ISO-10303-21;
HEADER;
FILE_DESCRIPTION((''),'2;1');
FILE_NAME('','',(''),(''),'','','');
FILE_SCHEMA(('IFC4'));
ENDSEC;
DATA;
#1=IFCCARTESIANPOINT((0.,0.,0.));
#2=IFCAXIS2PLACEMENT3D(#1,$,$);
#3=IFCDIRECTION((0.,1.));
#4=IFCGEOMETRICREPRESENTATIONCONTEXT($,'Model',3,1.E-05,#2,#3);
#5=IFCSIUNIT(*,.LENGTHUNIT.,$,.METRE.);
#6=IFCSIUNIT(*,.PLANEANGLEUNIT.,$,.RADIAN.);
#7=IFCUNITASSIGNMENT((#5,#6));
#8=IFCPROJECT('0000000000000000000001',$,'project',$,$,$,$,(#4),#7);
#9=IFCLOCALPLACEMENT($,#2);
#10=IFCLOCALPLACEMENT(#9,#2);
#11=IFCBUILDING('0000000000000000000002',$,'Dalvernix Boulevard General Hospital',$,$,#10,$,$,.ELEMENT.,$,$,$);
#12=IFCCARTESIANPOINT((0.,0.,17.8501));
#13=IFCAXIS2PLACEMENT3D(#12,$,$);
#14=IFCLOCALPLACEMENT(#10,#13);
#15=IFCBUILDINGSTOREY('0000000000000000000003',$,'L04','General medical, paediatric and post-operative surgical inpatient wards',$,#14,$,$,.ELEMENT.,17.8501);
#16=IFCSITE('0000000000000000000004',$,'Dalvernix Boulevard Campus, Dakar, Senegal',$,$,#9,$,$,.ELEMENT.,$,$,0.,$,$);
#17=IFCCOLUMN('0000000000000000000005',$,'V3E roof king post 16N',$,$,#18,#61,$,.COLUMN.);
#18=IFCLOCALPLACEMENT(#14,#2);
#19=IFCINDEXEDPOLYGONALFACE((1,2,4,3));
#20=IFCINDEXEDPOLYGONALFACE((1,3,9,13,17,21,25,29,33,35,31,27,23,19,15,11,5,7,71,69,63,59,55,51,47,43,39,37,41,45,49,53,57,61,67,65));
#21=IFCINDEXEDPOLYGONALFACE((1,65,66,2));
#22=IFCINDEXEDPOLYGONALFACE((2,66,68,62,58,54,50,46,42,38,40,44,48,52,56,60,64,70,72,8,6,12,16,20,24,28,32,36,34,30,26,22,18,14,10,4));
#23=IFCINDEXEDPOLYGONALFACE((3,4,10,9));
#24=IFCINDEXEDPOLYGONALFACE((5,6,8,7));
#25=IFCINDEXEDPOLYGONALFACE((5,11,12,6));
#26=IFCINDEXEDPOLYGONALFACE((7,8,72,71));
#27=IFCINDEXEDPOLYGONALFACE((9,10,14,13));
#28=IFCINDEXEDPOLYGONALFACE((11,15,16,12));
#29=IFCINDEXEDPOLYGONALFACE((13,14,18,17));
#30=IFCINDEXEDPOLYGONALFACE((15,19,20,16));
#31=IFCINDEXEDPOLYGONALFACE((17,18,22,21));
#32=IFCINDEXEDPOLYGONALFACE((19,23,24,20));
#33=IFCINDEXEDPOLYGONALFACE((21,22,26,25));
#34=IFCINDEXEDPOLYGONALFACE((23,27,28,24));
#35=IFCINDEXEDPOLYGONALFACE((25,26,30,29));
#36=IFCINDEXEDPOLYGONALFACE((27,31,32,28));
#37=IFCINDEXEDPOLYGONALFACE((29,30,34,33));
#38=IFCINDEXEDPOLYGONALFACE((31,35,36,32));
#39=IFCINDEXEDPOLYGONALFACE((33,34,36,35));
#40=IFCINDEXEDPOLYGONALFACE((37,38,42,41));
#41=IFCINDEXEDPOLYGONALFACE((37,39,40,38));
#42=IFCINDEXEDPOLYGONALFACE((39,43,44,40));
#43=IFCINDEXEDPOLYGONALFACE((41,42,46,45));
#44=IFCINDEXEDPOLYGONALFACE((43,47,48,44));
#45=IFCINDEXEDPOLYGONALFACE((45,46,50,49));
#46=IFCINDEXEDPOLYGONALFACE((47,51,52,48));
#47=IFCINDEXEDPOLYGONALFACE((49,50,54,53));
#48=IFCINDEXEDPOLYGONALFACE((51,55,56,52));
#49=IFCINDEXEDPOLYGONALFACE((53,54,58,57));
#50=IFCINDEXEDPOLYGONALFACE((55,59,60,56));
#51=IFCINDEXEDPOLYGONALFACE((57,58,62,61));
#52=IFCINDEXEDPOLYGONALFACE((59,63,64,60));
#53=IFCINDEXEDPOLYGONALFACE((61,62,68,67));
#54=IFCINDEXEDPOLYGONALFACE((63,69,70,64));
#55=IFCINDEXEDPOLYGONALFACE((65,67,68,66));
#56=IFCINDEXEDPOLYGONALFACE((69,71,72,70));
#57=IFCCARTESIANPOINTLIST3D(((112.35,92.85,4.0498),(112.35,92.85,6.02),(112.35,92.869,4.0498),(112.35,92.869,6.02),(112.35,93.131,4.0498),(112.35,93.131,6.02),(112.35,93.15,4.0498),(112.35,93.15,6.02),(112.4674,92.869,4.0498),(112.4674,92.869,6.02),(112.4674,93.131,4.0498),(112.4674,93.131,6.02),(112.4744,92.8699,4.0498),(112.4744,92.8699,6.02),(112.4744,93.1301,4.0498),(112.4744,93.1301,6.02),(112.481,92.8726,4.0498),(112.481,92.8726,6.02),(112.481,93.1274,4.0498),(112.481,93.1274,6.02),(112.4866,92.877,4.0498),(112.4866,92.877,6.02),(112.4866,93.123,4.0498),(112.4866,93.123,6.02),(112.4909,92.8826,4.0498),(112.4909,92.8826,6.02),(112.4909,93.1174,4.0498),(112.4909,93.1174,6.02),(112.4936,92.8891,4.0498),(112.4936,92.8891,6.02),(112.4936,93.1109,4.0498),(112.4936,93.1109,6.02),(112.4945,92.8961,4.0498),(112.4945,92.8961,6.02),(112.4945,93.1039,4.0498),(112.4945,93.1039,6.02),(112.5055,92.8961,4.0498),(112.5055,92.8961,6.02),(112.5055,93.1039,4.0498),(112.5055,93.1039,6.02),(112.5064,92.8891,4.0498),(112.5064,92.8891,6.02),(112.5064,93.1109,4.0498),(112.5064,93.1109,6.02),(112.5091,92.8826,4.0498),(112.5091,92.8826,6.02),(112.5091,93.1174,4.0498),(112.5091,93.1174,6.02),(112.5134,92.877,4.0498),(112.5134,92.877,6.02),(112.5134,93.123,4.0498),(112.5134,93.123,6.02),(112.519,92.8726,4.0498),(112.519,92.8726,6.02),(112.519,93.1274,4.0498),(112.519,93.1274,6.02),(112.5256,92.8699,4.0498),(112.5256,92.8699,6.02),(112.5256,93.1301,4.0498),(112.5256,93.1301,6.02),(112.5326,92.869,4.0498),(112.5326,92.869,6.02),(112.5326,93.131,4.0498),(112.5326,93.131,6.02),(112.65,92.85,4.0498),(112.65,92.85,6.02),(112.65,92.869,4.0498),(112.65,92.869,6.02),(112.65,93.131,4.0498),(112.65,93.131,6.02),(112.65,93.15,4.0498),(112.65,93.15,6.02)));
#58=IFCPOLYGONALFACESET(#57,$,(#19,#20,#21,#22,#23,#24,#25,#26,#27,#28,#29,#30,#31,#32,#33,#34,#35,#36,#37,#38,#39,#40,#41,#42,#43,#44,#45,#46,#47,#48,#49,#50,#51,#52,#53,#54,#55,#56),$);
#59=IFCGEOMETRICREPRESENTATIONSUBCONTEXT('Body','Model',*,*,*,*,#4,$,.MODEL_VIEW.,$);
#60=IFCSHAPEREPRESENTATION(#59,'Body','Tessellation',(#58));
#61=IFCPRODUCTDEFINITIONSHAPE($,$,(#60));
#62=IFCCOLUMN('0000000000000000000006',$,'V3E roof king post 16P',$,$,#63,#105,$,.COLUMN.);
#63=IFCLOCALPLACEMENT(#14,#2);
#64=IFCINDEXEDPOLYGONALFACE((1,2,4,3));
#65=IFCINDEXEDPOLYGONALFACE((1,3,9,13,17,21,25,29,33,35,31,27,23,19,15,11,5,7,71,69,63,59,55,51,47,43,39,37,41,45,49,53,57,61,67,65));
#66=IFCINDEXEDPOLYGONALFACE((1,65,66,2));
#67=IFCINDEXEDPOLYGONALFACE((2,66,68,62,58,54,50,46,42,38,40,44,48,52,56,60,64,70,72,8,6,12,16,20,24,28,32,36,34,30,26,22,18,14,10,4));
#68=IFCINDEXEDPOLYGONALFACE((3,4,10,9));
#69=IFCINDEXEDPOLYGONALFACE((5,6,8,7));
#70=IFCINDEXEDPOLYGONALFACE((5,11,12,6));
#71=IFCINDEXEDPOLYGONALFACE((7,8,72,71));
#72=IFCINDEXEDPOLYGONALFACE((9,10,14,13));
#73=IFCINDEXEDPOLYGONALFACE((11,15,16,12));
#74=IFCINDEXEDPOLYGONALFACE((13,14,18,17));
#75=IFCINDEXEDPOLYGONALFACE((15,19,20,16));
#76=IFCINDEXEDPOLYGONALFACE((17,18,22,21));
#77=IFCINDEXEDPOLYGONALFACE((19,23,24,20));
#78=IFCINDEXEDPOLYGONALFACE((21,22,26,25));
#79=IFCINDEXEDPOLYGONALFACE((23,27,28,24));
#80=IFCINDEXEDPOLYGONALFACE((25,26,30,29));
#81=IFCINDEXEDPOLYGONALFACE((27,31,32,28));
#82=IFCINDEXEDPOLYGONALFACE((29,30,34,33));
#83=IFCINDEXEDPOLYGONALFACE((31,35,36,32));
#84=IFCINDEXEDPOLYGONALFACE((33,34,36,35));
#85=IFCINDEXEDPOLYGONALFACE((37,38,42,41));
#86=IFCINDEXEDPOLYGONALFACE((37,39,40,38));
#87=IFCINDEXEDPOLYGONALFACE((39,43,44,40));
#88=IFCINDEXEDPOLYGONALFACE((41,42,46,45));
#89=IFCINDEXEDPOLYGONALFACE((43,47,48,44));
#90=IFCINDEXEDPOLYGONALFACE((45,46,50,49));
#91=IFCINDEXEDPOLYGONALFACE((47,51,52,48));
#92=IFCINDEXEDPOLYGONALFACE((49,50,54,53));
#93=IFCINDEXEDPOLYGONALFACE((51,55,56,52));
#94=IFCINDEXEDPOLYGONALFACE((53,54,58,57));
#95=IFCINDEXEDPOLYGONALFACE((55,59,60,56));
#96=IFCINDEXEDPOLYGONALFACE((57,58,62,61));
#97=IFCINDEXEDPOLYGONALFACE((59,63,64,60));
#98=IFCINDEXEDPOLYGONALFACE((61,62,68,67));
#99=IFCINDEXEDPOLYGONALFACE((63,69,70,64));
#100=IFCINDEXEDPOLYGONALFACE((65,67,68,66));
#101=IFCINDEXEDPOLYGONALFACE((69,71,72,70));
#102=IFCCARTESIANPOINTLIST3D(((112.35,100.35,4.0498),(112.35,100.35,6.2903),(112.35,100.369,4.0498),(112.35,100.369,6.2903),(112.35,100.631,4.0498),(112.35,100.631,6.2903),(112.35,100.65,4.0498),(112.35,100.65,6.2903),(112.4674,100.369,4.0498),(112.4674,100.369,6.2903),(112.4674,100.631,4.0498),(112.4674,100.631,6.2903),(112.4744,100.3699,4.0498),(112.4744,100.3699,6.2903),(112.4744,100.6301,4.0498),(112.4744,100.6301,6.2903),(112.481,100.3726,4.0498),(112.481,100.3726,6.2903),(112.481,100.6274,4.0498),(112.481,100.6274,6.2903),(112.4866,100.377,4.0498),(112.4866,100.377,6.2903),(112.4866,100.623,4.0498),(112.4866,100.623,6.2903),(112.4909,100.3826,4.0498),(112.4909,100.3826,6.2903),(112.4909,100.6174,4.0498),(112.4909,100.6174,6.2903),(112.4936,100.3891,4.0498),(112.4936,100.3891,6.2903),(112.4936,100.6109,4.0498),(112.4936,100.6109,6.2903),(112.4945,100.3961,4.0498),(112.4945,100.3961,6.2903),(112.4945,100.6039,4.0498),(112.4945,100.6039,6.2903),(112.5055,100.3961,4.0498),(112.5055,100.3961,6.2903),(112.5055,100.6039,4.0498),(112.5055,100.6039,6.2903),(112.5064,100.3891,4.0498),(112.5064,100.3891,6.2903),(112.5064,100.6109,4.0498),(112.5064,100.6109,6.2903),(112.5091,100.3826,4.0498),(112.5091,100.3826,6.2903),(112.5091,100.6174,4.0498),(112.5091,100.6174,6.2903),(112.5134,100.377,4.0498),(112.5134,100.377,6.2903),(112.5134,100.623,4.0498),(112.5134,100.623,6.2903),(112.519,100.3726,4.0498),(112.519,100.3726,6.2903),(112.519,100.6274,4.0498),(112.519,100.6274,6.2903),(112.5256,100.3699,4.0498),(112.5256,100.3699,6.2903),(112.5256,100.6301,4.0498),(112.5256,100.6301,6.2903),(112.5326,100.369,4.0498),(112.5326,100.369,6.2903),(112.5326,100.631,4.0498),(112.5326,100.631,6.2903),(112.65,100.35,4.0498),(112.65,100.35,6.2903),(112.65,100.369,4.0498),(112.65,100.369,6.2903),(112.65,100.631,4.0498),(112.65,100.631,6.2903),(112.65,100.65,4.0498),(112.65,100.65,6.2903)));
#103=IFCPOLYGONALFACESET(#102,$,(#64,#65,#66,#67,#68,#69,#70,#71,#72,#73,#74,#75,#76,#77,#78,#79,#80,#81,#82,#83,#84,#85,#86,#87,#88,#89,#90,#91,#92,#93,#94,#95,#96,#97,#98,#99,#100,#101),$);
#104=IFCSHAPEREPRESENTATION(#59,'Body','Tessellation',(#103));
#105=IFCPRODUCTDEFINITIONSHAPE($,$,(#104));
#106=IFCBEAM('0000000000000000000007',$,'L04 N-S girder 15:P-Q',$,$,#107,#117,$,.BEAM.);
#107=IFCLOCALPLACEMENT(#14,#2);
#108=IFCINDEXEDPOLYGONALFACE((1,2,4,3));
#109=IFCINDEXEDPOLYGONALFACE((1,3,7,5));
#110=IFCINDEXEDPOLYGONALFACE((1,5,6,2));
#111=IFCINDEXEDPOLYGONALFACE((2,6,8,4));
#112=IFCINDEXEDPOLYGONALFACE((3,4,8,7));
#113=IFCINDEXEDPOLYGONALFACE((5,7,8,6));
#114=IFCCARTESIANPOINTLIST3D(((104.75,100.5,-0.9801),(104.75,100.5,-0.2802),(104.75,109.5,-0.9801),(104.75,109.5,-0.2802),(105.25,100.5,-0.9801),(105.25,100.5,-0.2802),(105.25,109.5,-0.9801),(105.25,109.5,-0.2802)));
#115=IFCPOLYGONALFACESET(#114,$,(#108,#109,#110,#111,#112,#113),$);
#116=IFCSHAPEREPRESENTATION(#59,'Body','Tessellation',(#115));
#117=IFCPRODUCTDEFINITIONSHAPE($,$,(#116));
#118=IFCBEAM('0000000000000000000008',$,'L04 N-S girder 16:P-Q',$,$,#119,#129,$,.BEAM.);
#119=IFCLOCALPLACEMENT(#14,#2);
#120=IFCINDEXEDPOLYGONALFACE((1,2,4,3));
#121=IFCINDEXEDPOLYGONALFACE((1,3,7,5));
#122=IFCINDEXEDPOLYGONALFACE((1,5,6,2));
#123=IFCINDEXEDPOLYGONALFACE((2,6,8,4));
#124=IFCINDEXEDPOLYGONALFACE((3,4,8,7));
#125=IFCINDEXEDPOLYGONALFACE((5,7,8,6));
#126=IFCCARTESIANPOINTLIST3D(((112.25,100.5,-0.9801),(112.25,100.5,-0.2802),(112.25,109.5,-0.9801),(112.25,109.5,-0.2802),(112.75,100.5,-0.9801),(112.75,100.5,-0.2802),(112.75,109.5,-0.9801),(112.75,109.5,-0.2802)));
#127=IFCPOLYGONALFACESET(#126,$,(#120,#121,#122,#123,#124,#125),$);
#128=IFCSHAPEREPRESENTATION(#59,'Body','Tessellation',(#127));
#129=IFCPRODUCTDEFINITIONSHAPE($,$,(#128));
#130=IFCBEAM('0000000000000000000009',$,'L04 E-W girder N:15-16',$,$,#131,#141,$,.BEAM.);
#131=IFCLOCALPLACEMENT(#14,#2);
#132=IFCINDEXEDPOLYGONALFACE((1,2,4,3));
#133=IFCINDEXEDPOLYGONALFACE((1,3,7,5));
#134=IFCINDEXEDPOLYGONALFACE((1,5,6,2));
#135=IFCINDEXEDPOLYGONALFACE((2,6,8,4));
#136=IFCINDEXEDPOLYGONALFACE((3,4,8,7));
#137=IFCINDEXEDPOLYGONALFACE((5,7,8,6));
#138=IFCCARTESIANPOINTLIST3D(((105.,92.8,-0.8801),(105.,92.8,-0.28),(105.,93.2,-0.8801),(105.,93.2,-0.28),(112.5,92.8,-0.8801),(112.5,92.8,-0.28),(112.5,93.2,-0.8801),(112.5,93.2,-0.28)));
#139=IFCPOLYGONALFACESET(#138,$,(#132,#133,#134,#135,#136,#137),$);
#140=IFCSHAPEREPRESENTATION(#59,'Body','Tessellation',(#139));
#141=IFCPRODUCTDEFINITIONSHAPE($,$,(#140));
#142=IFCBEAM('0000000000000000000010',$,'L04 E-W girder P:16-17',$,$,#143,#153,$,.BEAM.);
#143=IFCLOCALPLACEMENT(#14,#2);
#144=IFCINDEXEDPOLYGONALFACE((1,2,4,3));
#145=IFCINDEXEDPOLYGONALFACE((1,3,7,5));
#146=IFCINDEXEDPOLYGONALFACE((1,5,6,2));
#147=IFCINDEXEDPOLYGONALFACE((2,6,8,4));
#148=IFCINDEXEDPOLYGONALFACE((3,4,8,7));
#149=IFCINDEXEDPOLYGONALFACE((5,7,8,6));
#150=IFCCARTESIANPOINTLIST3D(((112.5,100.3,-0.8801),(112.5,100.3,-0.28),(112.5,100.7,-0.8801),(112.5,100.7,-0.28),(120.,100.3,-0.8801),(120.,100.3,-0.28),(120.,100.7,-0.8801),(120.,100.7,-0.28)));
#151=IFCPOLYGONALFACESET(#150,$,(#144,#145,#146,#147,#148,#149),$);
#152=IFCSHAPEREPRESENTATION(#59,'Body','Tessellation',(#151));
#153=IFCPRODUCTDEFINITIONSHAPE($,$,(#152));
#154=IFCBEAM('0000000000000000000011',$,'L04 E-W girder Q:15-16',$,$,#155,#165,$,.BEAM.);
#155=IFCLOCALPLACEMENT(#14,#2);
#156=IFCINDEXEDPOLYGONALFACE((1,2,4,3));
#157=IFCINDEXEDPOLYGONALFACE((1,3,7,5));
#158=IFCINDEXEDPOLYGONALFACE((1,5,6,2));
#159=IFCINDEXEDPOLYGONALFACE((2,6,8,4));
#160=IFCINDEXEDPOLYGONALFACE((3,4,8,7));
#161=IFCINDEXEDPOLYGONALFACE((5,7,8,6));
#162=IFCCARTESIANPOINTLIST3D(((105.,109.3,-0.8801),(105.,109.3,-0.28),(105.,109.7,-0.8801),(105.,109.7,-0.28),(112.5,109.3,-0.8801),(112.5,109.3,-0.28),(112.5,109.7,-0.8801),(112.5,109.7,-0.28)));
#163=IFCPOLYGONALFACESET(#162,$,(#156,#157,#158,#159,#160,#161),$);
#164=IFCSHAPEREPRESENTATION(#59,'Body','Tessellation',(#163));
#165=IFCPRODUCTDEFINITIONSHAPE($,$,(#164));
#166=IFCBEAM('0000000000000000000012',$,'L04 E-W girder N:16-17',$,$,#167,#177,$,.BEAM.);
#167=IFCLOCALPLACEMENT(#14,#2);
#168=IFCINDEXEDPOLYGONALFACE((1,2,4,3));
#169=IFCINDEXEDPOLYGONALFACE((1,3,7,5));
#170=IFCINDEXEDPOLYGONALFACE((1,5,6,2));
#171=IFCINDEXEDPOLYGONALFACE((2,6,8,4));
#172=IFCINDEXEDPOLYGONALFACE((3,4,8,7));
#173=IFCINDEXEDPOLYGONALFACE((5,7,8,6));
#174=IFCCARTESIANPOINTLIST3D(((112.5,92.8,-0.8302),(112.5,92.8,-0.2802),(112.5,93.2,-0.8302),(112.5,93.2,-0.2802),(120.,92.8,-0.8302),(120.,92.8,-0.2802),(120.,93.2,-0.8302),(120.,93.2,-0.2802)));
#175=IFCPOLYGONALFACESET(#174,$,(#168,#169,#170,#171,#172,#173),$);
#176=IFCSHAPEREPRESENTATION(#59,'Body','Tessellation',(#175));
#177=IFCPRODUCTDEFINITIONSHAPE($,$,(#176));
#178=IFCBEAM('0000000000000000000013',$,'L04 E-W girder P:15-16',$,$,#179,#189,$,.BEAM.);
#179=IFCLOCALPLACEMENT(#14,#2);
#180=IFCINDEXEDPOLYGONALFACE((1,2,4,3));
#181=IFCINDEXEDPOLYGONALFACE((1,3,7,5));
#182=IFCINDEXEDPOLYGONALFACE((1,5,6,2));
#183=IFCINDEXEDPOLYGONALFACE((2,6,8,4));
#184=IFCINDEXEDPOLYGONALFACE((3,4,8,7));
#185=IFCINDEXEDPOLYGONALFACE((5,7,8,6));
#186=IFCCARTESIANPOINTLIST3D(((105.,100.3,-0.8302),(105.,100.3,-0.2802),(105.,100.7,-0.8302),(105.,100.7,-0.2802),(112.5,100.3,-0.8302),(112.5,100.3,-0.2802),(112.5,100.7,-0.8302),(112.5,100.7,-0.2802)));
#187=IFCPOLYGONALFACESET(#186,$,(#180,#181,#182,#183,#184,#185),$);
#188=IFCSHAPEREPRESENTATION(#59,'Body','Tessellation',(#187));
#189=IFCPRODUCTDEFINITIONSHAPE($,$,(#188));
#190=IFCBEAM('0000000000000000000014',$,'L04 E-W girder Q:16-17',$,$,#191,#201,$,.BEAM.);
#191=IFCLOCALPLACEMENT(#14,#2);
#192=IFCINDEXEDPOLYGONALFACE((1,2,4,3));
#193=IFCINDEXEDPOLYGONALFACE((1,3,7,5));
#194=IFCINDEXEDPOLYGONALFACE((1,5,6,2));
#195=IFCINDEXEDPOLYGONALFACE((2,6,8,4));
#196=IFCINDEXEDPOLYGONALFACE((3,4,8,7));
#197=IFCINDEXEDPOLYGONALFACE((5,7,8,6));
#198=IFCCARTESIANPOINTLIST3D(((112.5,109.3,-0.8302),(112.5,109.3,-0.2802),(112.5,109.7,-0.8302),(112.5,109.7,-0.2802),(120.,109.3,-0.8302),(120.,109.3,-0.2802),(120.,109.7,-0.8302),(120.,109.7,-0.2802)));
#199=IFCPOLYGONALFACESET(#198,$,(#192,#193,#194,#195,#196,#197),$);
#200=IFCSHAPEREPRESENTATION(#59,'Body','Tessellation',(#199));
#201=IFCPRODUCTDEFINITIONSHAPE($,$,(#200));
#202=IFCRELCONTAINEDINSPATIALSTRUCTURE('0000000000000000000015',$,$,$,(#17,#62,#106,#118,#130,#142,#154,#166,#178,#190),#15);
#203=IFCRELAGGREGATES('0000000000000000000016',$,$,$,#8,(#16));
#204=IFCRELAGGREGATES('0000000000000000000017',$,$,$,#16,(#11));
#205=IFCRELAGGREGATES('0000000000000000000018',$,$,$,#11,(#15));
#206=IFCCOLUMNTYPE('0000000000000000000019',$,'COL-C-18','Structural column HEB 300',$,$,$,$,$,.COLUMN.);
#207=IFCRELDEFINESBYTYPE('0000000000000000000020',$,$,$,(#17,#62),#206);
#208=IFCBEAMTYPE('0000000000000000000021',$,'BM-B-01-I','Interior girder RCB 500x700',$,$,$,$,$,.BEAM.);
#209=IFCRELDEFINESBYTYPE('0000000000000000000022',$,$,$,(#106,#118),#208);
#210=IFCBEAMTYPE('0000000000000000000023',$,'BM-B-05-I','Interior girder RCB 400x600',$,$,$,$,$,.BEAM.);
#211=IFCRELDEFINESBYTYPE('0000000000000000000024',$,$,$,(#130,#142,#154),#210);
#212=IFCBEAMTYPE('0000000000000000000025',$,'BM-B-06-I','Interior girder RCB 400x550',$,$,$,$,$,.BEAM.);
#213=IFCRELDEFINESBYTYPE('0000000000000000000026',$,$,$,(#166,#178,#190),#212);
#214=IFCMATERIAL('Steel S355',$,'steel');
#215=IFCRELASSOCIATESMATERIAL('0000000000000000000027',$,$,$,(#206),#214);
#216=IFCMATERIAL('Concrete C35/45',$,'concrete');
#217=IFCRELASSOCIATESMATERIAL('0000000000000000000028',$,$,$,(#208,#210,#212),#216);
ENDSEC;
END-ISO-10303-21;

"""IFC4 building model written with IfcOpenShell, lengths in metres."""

from ifc_helpers import new_model, si_unit, direction, frame, origin, origin_2d, place, context, subcontext, project, spatial, rectangle, i_section, extrude, material, material_profile, profile_set, type_object, element, save


model = new_model("IFC4")

# Units and contexts
model_context = context("Model", 3, precision=1e-05, world=origin(), true_north=direction((0.0, 1.0)))
body_context = subcontext(model_context, "Body", "Model", "MODEL_VIEW")
ifc_project = project(units=[si_unit("LENGTHUNIT", "METRE"), si_unit("PLANEANGLEUNIT", "RADIAN")], contexts=[model_context])

# Site, building, storey
site_placement = place(None, origin())
site = spatial("IfcSite", under=ifc_project, at=site_placement, Name="Dalvernix Boulevard Campus, Dakar, Senegal", CompositionType="ELEMENT", RefElevation=0.0)
building_placement = place(site_placement, origin())
building = spatial("IfcBuilding", under=site, at=building_placement, Name="Dalvernix Boulevard General Hospital", CompositionType="ELEMENT")
storey_placement = place(building_placement, frame((0.0, 0.0, 17.8501)))
storey = spatial("IfcBuildingStorey", under=building, at=storey_placement, Name="L04", Description="General medical, paediatric and post-operative surgical inpatient wards", CompositionType="ELEMENT", Elevation=17.8501)

# Columns
ifc_material_1 = material(Name="Steel S355", Category="steel")
ifc_material_profile_1 = material_profile(ifc_material_1, i_section(OverallWidth=0.3, OverallDepth=0.3, WebThickness=0.011, FlangeThickness=0.019, FilletRadius=0.0271, at=origin_2d()), Name="HEB 300")
ifc_profile_set_1 = profile_set([ifc_material_profile_1], Name="Steel S355")
column_type_1 = type_object("IfcColumnType", Name="COL-C-18", Description="Structural column HEB 300", PredefinedType="COLUMN", material=ifc_profile_set_1)
column_1_placement = place(storey_placement, frame((112.5, 93.0, 4.0498), z_axis=(0.0, 0.0, 1.0), x_axis=(1.0, 0.0, 0.0)))
element("IfcColumn", 1, at=column_1_placement, inside=storey, type_object=column_type_1, Name="V3E roof king post 16N", PredefinedType="COLUMN", context=body_context, shape_type="SweptSolid", body=[
    extrude(i_section(OverallWidth=0.3, OverallDepth=0.3, WebThickness=0.011, FlangeThickness=0.019, FilletRadius=0.0271, at=origin_2d()), origin(), (0.0, 0.0, 1.0), 1.9702),
])
column_2_placement = place(storey_placement, frame((112.5, 100.5, 4.0498), z_axis=(0.0, 0.0, 1.0), x_axis=(1.0, 0.0, 0.0)))
element("IfcColumn", 2, at=column_2_placement, inside=storey, type_object=column_type_1, Name="V3E roof king post 16P", PredefinedType="COLUMN", context=body_context, shape_type="SweptSolid", body=[
    extrude(i_section(OverallWidth=0.3, OverallDepth=0.3, WebThickness=0.011, FlangeThickness=0.019, FilletRadius=0.0271, at=origin_2d()), origin(), (0.0, 0.0, 1.0), 2.2405),
])

# Beams
ifc_material_2 = material(Name="Concrete C35/45", Category="concrete")
ifc_material_profile_2 = material_profile(ifc_material_2, rectangle(XDim=0.5, YDim=0.7, at=origin_2d()), Name="RCB 500x700")
ifc_profile_set_2 = profile_set([ifc_material_profile_2], Name="Concrete C35/45")
beam_type_1 = type_object("IfcBeamType", Name="BM-B-01-I", Description="Interior girder RCB 500x700", PredefinedType="BEAM", material=ifc_profile_set_2)
for number, where, z_axis, x_axis, name in (
    (3, (105.0, 100.5, -0.6301), (0.0, 1.0, 0.0), (-1.0, 0.0, 0.0), "L04 N-S girder 15:P-Q"),
    (4, (112.5, 100.5, -0.6301), (0.0, 1.0, 0.0), (-1.0, 0.0, 0.0), "L04 N-S girder 16:P-Q"),
):
    element("IfcBeam", number, at=place(storey_placement, frame(where, z_axis=z_axis, x_axis=x_axis)), inside=storey, type_object=beam_type_1, Name=name, PredefinedType="BEAM", context=body_context, shape_type="SweptSolid", body=[
        extrude(rectangle(XDim=0.5, YDim=0.7, at=origin_2d()), origin(), (0.0, 0.0, 1.0), 9.0),
    ])
ifc_material_profile_3 = material_profile(ifc_material_2, rectangle(XDim=0.3999, YDim=0.6001, at=origin_2d()), Name="RCB 400x600")
ifc_profile_set_3 = profile_set([ifc_material_profile_3], Name="Concrete C35/45")
beam_type_2 = type_object("IfcBeamType", Name="BM-B-05-I", Description="Interior girder RCB 400x600", PredefinedType="BEAM", material=ifc_profile_set_3)
for number, where, z_axis, x_axis, name in (
    (5, (105.0, 93.0, -0.5801), (1.0, 0.0, 0.0), (0.0, 1.0, 0.0), "L04 E-W girder N:15-16"),
    (6, (112.5, 100.5, -0.5801), (1.0, 0.0, 0.0), (0.0, 1.0, 0.0), "L04 E-W girder P:16-17"),
    (7, (105.0, 109.5, -0.5801), (1.0, 0.0, 0.0), (0.0, 1.0, 0.0), "L04 E-W girder Q:15-16"),
):
    element("IfcBeam", number, at=place(storey_placement, frame(where, z_axis=z_axis, x_axis=x_axis)), inside=storey, type_object=beam_type_2, Name=name, PredefinedType="BEAM", context=body_context, shape_type="SweptSolid", body=[
        extrude(rectangle(XDim=0.3999, YDim=0.6001, at=origin_2d()), origin(), (0.0, 0.0, 1.0), 7.5),
    ])
ifc_material_profile_4 = material_profile(ifc_material_2, rectangle(XDim=0.3999, YDim=0.55, at=origin_2d()), Name="RCB 400x550")
ifc_profile_set_4 = profile_set([ifc_material_profile_4], Name="Concrete C35/45")
beam_type_3 = type_object("IfcBeamType", Name="BM-B-06-I", Description="Interior girder RCB 400x550", PredefinedType="BEAM", material=ifc_profile_set_4)
for number, where, z_axis, x_axis, name in (
    (8, (112.5, 93.0, -0.5552), (1.0, 0.0, 0.0), (0.0, 1.0, 0.0), "L04 E-W girder N:16-17"),
    (9, (105.0, 100.5, -0.5552), (1.0, 0.0, 0.0), (0.0, 1.0, 0.0), "L04 E-W girder P:15-16"),
    (10, (112.5, 109.5, -0.5552), (1.0, 0.0, 0.0), (0.0, 1.0, 0.0), "L04 E-W girder Q:16-17"),
):
    element("IfcBeam", number, at=place(storey_placement, frame(where, z_axis=z_axis, x_axis=x_axis)), inside=storey, type_object=beam_type_3, Name=name, PredefinedType="BEAM", context=body_context, shape_type="SweptSolid", body=[
        extrude(rectangle(XDim=0.3999, YDim=0.55, at=origin_2d()), origin(), (0.0, 0.0, 1.0), 7.5),
    ])

save(model, "model.ifc")
